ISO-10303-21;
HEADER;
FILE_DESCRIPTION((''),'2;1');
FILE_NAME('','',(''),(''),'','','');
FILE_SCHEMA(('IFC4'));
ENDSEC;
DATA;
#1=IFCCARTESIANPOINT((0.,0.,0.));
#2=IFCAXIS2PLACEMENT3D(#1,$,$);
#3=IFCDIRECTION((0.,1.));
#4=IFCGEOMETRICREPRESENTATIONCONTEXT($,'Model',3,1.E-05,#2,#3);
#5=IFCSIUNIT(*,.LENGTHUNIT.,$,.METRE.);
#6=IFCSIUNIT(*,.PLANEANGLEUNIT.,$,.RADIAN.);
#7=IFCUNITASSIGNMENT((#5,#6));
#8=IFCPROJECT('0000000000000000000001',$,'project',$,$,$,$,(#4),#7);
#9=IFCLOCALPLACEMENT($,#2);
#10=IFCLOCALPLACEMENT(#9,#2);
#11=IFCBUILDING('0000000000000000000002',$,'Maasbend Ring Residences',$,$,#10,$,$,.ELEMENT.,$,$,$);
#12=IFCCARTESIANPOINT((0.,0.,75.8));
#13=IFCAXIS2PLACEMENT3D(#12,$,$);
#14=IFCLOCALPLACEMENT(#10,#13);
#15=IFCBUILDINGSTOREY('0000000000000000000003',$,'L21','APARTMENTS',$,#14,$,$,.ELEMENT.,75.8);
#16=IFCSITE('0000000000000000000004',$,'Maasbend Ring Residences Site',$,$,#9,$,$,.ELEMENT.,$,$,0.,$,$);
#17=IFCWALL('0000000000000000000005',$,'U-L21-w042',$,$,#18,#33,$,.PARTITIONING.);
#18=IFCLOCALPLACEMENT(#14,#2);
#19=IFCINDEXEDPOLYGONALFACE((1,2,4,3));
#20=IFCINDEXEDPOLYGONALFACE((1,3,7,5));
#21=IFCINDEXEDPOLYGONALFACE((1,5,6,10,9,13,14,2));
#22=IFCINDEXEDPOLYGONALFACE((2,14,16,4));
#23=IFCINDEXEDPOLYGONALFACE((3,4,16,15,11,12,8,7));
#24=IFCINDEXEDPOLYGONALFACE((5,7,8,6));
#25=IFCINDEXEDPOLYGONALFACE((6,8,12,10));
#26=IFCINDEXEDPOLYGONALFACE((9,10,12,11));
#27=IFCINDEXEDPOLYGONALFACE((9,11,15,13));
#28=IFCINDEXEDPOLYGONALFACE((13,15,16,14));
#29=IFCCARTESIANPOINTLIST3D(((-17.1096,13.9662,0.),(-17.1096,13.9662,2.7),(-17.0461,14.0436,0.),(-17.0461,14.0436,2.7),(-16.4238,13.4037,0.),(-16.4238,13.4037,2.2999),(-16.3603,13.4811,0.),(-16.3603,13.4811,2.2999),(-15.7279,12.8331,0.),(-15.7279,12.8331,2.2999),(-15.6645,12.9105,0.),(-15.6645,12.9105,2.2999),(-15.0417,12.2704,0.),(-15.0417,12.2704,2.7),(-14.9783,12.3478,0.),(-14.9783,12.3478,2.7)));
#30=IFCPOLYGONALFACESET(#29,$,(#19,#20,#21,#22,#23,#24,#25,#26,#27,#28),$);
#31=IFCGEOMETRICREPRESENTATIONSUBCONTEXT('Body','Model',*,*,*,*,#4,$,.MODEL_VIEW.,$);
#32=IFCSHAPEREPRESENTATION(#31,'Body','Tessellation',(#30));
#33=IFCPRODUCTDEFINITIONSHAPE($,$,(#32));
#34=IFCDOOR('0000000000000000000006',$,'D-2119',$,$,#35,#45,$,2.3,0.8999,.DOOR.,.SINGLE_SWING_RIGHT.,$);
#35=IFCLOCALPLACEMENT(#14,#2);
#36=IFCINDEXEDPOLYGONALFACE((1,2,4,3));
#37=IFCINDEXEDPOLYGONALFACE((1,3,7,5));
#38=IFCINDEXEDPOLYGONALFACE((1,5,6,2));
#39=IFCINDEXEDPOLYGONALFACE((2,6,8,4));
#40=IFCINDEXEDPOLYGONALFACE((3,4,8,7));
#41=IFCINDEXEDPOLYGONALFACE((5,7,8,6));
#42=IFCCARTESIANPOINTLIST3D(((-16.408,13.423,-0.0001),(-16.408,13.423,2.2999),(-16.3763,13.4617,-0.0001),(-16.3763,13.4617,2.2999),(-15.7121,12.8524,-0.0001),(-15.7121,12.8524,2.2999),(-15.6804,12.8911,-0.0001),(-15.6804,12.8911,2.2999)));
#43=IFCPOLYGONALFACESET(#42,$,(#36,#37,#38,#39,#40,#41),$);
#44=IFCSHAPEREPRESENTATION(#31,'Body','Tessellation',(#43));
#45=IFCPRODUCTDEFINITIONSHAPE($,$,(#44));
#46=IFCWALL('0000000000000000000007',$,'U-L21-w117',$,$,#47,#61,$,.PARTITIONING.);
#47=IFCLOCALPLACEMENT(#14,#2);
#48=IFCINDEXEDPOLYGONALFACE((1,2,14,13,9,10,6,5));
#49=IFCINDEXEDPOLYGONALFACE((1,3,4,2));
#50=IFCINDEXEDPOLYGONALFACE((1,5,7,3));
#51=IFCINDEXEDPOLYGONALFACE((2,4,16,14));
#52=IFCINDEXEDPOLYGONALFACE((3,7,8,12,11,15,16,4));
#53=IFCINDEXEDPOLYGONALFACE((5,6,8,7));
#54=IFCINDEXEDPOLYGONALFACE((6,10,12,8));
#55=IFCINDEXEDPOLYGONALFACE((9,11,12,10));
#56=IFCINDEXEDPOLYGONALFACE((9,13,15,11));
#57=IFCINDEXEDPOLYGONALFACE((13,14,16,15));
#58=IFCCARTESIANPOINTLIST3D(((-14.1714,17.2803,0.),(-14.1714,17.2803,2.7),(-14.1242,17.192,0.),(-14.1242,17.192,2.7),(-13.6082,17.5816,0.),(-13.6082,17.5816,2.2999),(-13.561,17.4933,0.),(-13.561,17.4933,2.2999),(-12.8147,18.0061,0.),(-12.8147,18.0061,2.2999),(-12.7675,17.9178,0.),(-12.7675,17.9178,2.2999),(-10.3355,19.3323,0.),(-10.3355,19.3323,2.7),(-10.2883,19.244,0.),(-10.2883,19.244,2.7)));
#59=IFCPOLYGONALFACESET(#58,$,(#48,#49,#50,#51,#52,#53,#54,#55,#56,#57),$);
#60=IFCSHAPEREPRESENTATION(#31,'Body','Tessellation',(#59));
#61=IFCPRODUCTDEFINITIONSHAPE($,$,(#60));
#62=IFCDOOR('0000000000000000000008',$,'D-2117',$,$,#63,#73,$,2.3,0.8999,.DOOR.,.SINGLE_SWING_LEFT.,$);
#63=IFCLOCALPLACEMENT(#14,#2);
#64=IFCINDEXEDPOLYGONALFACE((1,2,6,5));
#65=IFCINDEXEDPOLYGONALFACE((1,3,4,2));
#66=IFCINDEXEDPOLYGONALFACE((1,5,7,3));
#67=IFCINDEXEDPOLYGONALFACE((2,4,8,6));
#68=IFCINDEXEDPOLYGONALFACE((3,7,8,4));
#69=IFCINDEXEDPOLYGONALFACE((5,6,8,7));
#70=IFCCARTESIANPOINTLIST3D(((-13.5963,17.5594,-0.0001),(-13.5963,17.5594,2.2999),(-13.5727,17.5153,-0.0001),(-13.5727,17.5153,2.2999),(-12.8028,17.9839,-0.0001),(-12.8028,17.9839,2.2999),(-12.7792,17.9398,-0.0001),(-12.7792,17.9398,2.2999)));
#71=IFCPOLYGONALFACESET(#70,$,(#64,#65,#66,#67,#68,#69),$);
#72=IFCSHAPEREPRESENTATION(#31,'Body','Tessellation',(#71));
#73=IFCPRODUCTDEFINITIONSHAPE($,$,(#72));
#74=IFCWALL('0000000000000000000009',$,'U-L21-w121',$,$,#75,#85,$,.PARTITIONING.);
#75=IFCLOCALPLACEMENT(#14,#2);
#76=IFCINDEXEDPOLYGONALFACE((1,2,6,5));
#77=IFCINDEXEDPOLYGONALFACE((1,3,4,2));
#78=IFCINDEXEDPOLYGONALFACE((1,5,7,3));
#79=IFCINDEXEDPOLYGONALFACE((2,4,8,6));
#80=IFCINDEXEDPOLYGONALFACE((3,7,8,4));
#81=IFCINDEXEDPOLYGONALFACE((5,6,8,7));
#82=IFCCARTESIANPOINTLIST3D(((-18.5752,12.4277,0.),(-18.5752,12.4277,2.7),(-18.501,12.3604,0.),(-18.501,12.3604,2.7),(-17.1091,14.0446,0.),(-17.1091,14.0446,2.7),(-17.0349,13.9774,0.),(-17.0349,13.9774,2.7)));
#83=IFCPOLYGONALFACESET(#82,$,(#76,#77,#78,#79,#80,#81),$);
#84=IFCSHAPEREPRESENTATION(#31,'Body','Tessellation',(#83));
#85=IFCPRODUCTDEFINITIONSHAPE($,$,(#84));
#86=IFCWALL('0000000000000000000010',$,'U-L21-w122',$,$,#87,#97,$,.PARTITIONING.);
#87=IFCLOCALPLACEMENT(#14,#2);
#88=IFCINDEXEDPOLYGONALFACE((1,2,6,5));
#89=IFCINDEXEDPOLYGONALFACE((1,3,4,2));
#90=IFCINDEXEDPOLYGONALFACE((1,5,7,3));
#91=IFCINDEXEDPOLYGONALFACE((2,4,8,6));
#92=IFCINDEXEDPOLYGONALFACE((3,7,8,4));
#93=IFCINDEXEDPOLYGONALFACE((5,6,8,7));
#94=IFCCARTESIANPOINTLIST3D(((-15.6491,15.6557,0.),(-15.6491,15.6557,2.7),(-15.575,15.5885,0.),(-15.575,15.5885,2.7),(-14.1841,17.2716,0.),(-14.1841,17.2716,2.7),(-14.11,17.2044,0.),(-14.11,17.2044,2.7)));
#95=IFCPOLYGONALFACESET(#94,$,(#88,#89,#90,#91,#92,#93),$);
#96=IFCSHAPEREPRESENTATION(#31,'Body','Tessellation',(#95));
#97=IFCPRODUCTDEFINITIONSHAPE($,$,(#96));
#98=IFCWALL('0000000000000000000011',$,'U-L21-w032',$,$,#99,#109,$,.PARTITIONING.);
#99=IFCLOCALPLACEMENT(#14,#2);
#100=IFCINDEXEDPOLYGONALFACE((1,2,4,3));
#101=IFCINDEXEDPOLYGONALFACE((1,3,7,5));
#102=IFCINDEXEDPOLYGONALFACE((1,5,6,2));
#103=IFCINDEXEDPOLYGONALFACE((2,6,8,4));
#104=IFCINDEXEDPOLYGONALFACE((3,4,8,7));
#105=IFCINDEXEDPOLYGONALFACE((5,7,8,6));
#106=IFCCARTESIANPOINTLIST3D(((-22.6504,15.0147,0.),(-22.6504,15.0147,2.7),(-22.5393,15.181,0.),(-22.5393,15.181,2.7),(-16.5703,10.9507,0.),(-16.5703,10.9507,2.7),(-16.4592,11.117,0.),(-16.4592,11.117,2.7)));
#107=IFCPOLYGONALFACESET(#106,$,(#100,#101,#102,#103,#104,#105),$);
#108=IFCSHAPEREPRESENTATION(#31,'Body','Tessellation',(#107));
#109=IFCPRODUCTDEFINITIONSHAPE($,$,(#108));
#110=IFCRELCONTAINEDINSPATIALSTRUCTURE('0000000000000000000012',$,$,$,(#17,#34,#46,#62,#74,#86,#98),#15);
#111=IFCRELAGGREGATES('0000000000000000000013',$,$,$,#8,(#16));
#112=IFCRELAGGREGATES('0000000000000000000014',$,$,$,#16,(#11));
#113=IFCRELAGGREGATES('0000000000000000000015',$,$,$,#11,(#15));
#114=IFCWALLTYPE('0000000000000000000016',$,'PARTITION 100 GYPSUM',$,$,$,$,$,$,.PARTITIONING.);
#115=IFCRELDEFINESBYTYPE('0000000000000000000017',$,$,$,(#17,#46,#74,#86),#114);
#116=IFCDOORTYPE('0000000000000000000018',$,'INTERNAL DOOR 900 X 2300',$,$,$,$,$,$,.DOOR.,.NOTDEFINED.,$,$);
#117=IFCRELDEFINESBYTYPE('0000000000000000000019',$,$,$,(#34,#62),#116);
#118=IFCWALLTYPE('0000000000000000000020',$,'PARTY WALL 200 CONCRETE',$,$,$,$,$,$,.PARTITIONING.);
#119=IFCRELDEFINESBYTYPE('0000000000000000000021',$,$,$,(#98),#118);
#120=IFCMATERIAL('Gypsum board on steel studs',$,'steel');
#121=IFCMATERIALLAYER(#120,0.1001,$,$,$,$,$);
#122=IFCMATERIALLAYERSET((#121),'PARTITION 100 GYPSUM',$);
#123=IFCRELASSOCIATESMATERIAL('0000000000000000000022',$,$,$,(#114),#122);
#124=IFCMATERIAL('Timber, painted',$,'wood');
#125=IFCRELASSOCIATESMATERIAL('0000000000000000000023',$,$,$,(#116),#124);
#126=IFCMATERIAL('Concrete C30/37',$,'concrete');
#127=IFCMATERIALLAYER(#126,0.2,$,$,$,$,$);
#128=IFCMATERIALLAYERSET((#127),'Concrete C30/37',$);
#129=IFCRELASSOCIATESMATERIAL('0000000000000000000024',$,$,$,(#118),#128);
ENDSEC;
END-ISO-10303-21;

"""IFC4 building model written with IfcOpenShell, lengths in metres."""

from ifc_helpers import new_model, si_unit, direction, frame, frame_2d, origin, place, context, subcontext, project, spatial, rectangle, extrude, material, layer, layer_set, type_object, element, fill, save


model = new_model("IFC4")

# Units and contexts
model_context = context("Model", 3, precision=1e-05, world=origin(), true_north=direction((0.0, 1.0)))
body_context = subcontext(model_context, "Body", "Model", "MODEL_VIEW")
ifc_project = project(units=[si_unit("LENGTHUNIT", "METRE"), si_unit("PLANEANGLEUNIT", "RADIAN")], contexts=[model_context])

# Site, building, storey
site_placement = place(None, origin())
site = spatial("IfcSite", under=ifc_project, at=site_placement, Name="Maasbend Ring Residences Site", CompositionType="ELEMENT", RefElevation=0.0)
building_placement = place(site_placement, origin())
building = spatial("IfcBuilding", under=site, at=building_placement, Name="Maasbend Ring Residences", CompositionType="ELEMENT")
storey_placement = place(building_placement, frame((0.0, 0.0, 75.8)))
storey = spatial("IfcBuildingStorey", under=building, at=storey_placement, Name="L21", Description="APARTMENTS", CompositionType="ELEMENT", Elevation=75.8)

# Walls, openings, doors
ifc_material_1 = material(Name="Gypsum board on steel studs", Category="steel")
ifc_layer_1 = layer(ifc_material_1, 0.1001)
ifc_layer_set_1 = layer_set([ifc_layer_1], Name="PARTITION 100 GYPSUM")
wall_type_1 = type_object("IfcWallType", Name="PARTITION 100 GYPSUM", PredefinedType="PARTITIONING", material=ifc_layer_set_1)
ifc_material_2 = material(Name="Timber, painted", Category="wood")
door_type_1 = type_object("IfcDoorType", Name="INTERNAL DOOR 900 X 2300", OperationType="NOTDEFINED", PredefinedType="DOOR", material=ifc_material_2)
wall_1_placement = place(storey_placement, frame((-17.0779, 14.0049, 0.0), z_axis=(0.0, 0.0, 1.0), x_axis=(0.773241, -0.634112, 0.0)))
wall_1 = element("IfcWall", 1, at=wall_1_placement, inside=storey, type_object=wall_type_1, Name="U-L21-w042", PredefinedType="PARTITIONING", context=body_context, shape_type="SweptSolid", body=[
    extrude(rectangle(XDim=2.6743, YDim=0.1001, at=frame_2d((1.3372, 0.0))), origin(), (0.0, 0.0, 1.0), 2.7),
])
opening_1_placement = place(wall_1_placement, frame((0.887, 0.0, 0.0)))
opening_1 = element("IfcOpeningElement", 2, at=opening_1_placement, cuts=wall_1, PredefinedType="OPENING", context=body_context, shape_type="SweptSolid", body=[
    extrude(rectangle(XDim=0.8999, YDim=2.3, at=frame_2d((0.45, 1.1499))), frame((0.0, 0.0601, 0.0), z_axis=(0.0, -1.0, 0.0), x_axis=(1.0, 0.0, 0.0)), (0.0, 0.0, 1.0), 0.1201),
])
door_1_placement = place(opening_1_placement, origin())
door_1 = element("IfcDoor", 3, at=door_1_placement, inside=storey, type_object=door_type_1, Name="D-2119", OperationType="SINGLE_SWING_RIGHT", OverallHeight=2.3, OverallWidth=0.8999, PredefinedType="DOOR", context=body_context, shape_type="SweptSolid", body=[
    extrude(rectangle(XDim=0.8999, YDim=2.3, at=frame_2d((0.45, 1.1499))), frame((0.0, 0.0249, 0.0), z_axis=(0.0, -1.0, 0.0), x_axis=(1.0, 0.0, 0.0)), (0.0, 0.0, 1.0), 0.05),
])
fill(opening_1, door_1)
wall_2_placement = place(storey_placement, frame((-14.1479, 17.2361, 0.0), z_axis=(0.0, 0.0, 1.0), x_axis=(0.881763, 0.471692, 0.0)))
wall_2 = element("IfcWall", 4, at=wall_2_placement, inside=storey, type_object=wall_type_1, Name="U-L21-w117", PredefinedType="PARTITIONING", context=body_context, shape_type="SweptSolid", body=[
    extrude(rectangle(XDim=4.3503, YDim=0.1001, at=frame_2d((2.1753, 0.0))), origin(), (0.0, 0.0, 1.0), 2.7),
])
opening_2_placement = place(wall_2_placement, frame((0.6389, 0.0, 0.0)))
opening_2 = element("IfcOpeningElement", 5, at=opening_2_placement, cuts=wall_2, PredefinedType="OPENING", context=body_context, shape_type="SweptSolid", body=[
    extrude(rectangle(XDim=0.8999, YDim=2.3, at=frame_2d((0.45, 1.1499))), frame((0.0, 0.0601, 0.0), z_axis=(0.0, -1.0, 0.0), x_axis=(1.0, 0.0, 0.0)), (0.0, 0.0, 1.0), 0.1201),
])
door_2_placement = place(opening_2_placement, origin())
door_2 = element("IfcDoor", 6, at=door_2_placement, inside=storey, type_object=door_type_1, Name="D-2117", OperationType="SINGLE_SWING_LEFT", OverallHeight=2.3, OverallWidth=0.8999, PredefinedType="DOOR", context=body_context, shape_type="SweptSolid", body=[
    extrude(rectangle(XDim=0.8999, YDim=2.3, at=frame_2d((0.45, 1.1499))), frame((0.0, 0.0249, 0.0), z_axis=(0.0, -1.0, 0.0), x_axis=(1.0, 0.0, 0.0)), (0.0, 0.0, 1.0), 0.05),
])
fill(opening_2, door_2)

# Walls
wall_3_placement = place(storey_placement, frame((-18.5381, 12.394, 0.0), z_axis=(0.0, 0.0, 1.0), x_axis=(0.671698, 0.740825, 0.0)))
element("IfcWall", 7, at=wall_3_placement, inside=storey, type_object=wall_type_1, Name="U-L21-w121", PredefinedType="PARTITIONING", context=body_context, shape_type="SweptSolid", body=[
    extrude(rectangle(XDim=2.1826, YDim=0.1001, at=frame_2d((1.0913, 0.0))), origin(), (0.0, 0.0, 1.0), 2.7),
])
wall_4_placement = place(storey_placement, frame((-15.6121, 15.6221, 0.0), z_axis=(0.0, 0.0, 1.0), x_axis=(0.671675, 0.740846, 0.0)))
element("IfcWall", 8, at=wall_4_placement, inside=storey, type_object=wall_type_1, Name="U-L21-w122", PredefinedType="PARTITIONING", context=body_context, shape_type="SweptSolid", body=[
    extrude(rectangle(XDim=2.1812, YDim=0.1001, at=frame_2d((1.0906, 0.0))), origin(), (0.0, 0.0, 1.0), 2.7),
])
ifc_material_3 = material(Name="Concrete C30/37", Category="concrete")
ifc_layer_2 = layer(ifc_material_3, 0.2)
ifc_layer_set_2 = layer_set([ifc_layer_2], Name="Concrete C30/37")
wall_type_2 = type_object("IfcWallType", Name="PARTY WALL 200 CONCRETE", PredefinedType="PARTITIONING", material=ifc_layer_set_2)
wall_5_placement = place(storey_placement, frame((-22.595, 15.0979, 0.0), z_axis=(0.0, 0.0, 1.0), x_axis=(0.831382, -0.555701, 0.0)))
element("IfcWall", 9, at=wall_5_placement, inside=storey, type_object=wall_type_2, Name="U-L21-w032", PredefinedType="PARTITIONING", context=body_context, shape_type="SweptSolid", body=[
    extrude(rectangle(XDim=7.3132, YDim=0.2, at=frame_2d((3.6567, 0.0))), origin(), (0.0, 0.0, 1.0), 2.7),
])

save(model, "model.ifc")
